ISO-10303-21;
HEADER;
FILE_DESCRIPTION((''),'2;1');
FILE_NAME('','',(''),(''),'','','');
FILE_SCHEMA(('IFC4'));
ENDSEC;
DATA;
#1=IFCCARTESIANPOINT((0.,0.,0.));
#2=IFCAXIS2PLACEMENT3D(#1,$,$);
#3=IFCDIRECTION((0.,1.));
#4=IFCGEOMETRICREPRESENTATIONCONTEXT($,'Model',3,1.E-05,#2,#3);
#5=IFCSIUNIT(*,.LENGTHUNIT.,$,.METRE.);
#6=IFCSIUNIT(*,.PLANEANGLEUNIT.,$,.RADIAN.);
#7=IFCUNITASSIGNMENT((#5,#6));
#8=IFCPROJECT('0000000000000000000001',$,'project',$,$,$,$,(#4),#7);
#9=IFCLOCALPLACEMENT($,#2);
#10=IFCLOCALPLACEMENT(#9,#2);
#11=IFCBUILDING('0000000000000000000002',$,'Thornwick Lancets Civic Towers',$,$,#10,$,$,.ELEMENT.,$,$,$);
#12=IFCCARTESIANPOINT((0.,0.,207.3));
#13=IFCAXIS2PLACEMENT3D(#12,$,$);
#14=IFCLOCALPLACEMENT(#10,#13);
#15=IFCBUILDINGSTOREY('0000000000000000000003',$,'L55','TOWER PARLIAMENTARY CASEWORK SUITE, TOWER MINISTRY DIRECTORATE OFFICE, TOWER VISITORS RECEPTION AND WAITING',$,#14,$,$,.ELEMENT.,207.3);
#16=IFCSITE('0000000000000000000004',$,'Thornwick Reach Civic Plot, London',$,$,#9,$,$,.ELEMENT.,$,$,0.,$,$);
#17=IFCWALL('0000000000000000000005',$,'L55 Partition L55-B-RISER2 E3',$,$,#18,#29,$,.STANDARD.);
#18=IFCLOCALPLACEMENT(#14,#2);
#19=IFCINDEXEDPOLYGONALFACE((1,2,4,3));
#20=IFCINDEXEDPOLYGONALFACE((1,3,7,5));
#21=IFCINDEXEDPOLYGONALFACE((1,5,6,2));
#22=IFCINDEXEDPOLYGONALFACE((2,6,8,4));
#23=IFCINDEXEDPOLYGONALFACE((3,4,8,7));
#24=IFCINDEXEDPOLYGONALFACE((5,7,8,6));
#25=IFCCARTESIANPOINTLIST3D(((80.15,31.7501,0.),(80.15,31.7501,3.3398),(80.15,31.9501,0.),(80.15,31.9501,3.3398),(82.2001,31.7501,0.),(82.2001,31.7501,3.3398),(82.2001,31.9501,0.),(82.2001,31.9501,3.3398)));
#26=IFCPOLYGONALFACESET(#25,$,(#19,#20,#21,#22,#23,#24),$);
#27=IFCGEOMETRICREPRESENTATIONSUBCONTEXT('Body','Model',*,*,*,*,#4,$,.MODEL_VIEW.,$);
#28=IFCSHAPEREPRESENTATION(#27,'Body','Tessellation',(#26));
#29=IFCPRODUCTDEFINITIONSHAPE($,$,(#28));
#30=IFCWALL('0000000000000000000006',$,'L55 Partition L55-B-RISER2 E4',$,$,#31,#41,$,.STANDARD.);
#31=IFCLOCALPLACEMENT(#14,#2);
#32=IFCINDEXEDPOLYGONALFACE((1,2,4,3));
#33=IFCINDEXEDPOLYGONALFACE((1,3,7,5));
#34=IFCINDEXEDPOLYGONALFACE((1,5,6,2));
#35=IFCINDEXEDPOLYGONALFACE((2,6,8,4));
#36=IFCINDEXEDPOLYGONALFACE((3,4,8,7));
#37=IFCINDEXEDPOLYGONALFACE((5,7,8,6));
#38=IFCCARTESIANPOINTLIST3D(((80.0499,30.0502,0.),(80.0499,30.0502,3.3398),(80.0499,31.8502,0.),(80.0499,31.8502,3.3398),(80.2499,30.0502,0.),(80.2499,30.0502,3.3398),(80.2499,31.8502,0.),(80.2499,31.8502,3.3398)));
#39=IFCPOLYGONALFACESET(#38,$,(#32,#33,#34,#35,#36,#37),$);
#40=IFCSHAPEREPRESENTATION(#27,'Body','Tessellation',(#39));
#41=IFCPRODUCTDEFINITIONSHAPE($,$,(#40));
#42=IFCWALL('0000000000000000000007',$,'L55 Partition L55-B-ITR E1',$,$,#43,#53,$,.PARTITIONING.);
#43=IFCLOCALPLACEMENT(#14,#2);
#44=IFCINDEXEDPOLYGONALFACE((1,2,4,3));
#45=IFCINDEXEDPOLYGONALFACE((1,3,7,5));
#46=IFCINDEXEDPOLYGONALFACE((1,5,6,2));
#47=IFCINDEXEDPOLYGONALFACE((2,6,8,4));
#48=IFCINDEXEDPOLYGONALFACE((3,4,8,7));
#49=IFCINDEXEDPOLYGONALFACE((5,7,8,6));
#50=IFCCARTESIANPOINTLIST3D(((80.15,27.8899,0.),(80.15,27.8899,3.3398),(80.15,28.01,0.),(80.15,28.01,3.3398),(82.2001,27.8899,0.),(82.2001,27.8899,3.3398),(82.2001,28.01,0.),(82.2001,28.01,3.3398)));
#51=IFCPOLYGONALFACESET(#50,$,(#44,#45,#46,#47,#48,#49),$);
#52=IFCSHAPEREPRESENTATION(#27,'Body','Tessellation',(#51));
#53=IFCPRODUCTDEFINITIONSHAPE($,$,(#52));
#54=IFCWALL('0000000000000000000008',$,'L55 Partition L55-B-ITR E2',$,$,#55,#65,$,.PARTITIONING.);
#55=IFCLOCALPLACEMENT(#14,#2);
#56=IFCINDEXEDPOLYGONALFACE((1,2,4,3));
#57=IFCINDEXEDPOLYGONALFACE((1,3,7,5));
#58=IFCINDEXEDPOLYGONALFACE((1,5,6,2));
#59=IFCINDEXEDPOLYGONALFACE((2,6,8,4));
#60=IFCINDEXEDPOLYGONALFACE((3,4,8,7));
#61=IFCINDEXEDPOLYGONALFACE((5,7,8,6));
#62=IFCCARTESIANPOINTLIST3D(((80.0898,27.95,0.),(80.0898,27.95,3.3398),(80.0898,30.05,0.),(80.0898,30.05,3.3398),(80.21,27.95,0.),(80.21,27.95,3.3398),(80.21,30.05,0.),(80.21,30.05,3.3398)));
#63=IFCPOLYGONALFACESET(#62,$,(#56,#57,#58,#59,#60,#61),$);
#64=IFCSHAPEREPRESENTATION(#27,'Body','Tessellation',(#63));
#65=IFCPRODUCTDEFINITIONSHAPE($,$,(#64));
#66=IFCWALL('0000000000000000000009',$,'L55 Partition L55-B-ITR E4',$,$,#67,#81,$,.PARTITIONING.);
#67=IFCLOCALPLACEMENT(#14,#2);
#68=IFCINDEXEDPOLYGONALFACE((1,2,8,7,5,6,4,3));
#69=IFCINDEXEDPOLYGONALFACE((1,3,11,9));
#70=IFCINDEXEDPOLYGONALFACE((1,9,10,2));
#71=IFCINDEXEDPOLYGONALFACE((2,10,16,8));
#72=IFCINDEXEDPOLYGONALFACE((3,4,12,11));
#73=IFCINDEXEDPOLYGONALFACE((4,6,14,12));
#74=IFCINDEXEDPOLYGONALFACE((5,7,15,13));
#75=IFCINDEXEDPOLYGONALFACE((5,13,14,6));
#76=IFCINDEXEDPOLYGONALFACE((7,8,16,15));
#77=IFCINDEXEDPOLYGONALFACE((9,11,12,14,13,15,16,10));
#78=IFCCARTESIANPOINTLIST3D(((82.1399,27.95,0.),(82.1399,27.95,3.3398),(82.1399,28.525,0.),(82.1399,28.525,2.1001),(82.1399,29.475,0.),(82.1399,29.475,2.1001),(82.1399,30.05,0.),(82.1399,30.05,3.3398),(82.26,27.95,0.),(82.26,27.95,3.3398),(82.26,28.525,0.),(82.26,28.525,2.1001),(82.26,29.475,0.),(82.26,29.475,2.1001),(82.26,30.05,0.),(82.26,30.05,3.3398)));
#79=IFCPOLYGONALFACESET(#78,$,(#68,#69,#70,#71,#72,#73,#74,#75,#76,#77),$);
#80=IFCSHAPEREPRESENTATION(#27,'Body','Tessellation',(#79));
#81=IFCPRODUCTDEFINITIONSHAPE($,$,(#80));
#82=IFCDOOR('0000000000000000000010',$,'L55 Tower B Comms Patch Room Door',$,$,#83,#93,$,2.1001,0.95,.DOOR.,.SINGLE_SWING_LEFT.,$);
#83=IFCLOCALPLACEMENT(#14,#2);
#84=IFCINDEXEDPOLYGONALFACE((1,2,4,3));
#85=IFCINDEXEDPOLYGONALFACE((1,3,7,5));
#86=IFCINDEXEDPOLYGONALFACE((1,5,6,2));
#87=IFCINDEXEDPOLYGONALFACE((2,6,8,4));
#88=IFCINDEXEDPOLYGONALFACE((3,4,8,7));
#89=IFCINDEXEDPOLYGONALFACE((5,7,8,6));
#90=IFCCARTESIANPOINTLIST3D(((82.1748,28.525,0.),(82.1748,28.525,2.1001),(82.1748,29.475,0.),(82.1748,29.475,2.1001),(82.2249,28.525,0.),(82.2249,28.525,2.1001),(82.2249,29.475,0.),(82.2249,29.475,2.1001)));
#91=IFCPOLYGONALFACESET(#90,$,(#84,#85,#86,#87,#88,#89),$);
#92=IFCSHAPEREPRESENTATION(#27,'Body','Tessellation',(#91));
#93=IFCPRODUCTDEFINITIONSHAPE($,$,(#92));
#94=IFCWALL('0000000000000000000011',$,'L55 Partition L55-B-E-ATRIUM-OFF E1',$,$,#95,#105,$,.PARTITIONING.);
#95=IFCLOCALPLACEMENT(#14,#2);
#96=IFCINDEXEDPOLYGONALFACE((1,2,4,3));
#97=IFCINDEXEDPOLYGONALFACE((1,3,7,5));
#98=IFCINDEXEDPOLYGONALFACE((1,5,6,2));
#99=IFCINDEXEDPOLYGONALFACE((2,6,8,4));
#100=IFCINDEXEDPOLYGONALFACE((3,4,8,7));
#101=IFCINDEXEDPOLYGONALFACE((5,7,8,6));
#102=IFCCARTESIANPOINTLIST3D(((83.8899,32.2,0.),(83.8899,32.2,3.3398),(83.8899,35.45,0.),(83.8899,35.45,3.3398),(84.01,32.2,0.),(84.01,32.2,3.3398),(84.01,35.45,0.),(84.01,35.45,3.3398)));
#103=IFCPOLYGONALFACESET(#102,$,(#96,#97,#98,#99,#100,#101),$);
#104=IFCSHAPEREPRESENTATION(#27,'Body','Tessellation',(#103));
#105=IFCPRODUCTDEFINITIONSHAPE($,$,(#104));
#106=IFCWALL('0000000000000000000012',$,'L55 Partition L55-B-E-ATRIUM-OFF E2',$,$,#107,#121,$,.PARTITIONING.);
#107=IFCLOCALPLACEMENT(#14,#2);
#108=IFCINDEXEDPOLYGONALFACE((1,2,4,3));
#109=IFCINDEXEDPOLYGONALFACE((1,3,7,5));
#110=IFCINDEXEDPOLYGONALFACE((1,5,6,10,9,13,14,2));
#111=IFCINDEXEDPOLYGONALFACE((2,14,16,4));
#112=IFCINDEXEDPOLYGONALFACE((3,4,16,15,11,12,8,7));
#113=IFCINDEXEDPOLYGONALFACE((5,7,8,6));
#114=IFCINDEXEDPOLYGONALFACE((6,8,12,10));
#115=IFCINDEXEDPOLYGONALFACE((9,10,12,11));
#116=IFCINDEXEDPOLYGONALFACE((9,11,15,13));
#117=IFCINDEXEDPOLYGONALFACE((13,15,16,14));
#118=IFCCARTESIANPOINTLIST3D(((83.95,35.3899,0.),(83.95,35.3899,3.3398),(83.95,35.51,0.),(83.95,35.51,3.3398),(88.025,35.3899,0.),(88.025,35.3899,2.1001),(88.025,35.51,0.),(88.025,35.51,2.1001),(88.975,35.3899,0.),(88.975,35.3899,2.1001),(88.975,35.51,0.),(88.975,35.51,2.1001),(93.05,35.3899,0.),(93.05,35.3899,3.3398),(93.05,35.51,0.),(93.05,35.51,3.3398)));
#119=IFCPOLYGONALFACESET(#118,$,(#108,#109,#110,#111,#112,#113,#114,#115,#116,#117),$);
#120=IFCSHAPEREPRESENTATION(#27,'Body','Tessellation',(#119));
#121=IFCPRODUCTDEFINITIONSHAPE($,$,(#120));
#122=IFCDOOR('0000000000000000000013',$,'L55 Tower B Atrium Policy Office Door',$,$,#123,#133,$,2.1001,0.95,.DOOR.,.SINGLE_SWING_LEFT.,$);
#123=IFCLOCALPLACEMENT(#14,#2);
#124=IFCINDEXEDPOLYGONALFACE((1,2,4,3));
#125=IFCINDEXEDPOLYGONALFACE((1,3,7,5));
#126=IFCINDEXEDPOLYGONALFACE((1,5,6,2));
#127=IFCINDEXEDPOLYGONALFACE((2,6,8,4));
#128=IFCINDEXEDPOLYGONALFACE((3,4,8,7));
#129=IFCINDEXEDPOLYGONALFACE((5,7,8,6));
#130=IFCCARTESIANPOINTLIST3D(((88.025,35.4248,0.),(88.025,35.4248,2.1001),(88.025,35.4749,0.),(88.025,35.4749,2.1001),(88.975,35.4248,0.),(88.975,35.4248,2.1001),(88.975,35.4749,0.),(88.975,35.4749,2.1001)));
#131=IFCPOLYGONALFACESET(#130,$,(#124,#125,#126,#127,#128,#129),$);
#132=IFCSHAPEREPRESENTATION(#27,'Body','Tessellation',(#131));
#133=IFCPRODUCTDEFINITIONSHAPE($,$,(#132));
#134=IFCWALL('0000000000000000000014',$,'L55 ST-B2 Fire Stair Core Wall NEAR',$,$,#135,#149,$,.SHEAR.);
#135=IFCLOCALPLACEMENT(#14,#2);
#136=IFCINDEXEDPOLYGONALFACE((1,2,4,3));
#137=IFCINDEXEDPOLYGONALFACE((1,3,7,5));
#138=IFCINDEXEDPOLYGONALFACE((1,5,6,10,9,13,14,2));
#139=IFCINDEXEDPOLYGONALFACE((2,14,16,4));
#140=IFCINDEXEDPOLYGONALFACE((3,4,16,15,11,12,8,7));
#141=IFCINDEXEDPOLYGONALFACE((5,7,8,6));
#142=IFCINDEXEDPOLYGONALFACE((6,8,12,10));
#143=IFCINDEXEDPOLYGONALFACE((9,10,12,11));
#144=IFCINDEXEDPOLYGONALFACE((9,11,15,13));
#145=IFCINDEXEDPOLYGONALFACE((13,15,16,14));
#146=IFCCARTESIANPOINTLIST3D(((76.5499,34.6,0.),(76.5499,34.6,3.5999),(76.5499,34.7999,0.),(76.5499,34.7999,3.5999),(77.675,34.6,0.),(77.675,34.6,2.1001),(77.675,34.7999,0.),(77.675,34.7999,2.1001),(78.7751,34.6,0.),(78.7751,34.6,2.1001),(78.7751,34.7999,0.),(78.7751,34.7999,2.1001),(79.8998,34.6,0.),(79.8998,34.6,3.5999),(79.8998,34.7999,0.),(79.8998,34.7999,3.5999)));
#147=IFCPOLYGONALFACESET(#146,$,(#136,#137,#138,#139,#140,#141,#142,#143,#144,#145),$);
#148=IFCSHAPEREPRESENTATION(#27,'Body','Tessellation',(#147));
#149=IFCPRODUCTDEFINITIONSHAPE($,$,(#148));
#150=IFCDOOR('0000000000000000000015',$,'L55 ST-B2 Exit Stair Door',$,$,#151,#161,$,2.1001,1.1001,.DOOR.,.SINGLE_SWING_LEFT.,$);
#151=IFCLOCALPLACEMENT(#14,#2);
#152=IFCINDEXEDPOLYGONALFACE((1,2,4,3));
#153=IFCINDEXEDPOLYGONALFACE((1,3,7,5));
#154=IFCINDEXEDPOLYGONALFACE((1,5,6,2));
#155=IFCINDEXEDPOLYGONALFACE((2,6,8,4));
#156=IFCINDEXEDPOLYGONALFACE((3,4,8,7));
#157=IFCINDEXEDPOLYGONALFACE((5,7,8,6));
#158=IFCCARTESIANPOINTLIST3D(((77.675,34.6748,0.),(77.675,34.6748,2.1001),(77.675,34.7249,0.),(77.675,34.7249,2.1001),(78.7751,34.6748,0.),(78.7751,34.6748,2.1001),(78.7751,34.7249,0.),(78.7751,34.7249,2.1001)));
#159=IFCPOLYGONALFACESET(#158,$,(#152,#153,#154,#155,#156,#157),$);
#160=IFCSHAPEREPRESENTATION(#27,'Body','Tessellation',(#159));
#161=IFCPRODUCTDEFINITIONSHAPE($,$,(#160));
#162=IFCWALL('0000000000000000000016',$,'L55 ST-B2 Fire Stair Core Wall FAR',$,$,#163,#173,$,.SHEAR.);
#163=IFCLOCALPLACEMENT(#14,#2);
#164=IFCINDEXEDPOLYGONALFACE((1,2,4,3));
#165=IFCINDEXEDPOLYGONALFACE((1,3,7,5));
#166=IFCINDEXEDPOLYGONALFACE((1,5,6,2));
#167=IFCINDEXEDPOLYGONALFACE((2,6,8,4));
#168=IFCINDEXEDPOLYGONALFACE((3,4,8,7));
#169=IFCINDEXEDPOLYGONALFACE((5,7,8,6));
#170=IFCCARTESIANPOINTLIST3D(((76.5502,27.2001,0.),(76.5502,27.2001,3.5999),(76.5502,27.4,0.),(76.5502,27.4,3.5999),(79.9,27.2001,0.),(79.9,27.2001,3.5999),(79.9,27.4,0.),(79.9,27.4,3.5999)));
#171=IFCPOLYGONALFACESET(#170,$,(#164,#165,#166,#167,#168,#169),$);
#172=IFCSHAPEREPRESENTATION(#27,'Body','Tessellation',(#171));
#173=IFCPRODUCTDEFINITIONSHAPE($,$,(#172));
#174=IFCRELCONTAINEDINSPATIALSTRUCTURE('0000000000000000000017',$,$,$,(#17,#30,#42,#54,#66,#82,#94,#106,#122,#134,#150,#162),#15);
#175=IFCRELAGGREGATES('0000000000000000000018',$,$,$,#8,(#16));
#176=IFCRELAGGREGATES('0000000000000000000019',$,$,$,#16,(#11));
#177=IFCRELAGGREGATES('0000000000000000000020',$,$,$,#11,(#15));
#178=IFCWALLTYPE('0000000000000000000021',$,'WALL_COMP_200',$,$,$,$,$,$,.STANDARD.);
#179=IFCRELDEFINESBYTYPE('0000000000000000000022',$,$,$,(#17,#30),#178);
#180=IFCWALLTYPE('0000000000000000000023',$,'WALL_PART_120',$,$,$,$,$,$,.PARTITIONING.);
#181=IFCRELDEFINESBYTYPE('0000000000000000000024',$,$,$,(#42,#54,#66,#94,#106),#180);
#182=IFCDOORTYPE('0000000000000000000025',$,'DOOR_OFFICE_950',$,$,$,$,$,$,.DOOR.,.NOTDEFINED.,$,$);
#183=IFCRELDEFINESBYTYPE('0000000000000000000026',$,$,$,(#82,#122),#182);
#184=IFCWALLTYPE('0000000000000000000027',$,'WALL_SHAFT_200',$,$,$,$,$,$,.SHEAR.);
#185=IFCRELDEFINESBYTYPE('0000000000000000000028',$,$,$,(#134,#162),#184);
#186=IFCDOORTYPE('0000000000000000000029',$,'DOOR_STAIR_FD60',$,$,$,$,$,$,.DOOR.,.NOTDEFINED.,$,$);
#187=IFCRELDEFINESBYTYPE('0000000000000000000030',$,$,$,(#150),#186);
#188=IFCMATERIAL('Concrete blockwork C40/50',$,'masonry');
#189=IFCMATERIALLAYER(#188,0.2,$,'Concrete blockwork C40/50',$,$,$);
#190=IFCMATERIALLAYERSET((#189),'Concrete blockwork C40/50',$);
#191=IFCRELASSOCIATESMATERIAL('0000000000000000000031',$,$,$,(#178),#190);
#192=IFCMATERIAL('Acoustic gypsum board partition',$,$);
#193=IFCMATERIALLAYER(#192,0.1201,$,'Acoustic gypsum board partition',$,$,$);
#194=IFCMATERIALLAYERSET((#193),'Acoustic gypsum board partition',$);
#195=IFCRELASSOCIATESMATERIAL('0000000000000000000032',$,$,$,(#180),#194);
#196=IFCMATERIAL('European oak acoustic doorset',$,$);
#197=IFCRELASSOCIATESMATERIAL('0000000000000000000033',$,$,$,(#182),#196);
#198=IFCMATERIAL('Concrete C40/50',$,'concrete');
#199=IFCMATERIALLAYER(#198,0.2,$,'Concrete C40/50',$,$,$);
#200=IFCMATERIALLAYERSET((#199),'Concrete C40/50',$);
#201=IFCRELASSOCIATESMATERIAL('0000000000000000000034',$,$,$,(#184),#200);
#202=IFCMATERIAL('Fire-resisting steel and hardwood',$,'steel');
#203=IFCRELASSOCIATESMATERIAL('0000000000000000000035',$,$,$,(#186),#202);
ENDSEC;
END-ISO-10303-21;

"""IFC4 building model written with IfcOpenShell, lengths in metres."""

from ifc_helpers import new_model, si_unit, direction, frame, frame_2d, origin, place, context, subcontext, project, spatial, rectangle, extrude, material, layer, layer_set, type_object, element, fill, save


model = new_model("IFC4")

# Units and contexts
model_context = context("Model", 3, precision=1e-05, world=origin(), true_north=direction((0.0, 1.0)))
body_context = subcontext(model_context, "Body", "Model", "MODEL_VIEW")
ifc_project = project(units=[si_unit("LENGTHUNIT", "METRE"), si_unit("PLANEANGLEUNIT", "RADIAN")], contexts=[model_context])

# Site, building, storey
site_placement = place(None, origin())
site = spatial("IfcSite", under=ifc_project, at=site_placement, Name="Thornwick Reach Civic Plot, London", CompositionType="ELEMENT", RefElevation=0.0)
building_placement = place(site_placement, origin())
building = spatial("IfcBuilding", under=site, at=building_placement, Name="Thornwick Lancets Civic Towers", CompositionType="ELEMENT")
storey_placement = place(building_placement, frame((0.0, 0.0, 207.3)))
storey = spatial("IfcBuildingStorey", under=building, at=storey_placement, Name="L55", Description="TOWER PARLIAMENTARY CASEWORK SUITE, TOWER MINISTRY DIRECTORATE OFFICE, TOWER VISITORS RECEPTION AND WAITING", CompositionType="ELEMENT", Elevation=207.3)

# Shared definitions
ifc_material_1 = material(Name="Concrete blockwork C40/50", Category="masonry")
ifc_layer_1 = layer(ifc_material_1, 0.2, Name="Concrete blockwork C40/50")
ifc_layer_set_1 = layer_set([ifc_layer_1], Name="Concrete blockwork C40/50")
wall_type_1 = type_object("IfcWallType", Name="WALL_COMP_200", PredefinedType="STANDARD", material=ifc_layer_set_1)

# Walls
wall_1_placement = place(storey_placement, frame((82.2, 31.8501, 0.0), z_axis=(0.0, 0.0, 1.0), x_axis=(-1.0, 0.0, 0.0)))
element("IfcWall", 1, at=wall_1_placement, inside=storey, type_object=wall_type_1, Name="L55 Partition L55-B-RISER2 E3", PredefinedType="STANDARD", context=body_context, shape_type="SweptSolid", body=[
    extrude(rectangle(XDim=2.05, YDim=0.2, at=frame_2d((1.0249, 0.0))), origin(), (0.0, 0.0, 1.0), 3.3398),
])
wall_2_placement = place(storey_placement, frame((80.1499, 31.8501, 0.0), z_axis=(0.0, 0.0, 1.0), x_axis=(0.0, -1.0, 0.0)))
element("IfcWall", 2, at=wall_2_placement, inside=storey, type_object=wall_type_1, Name="L55 Partition L55-B-RISER2 E4", PredefinedType="STANDARD", context=body_context, shape_type="SweptSolid", body=[
    extrude(rectangle(XDim=1.8, YDim=0.2, at=frame_2d((0.8999, 0.0))), origin(), (0.0, 0.0, 1.0), 3.3398),
])
ifc_material_2 = material(Name="Acoustic gypsum board partition")
ifc_layer_2 = layer(ifc_material_2, 0.1201, Name="Acoustic gypsum board partition")
ifc_layer_set_2 = layer_set([ifc_layer_2], Name="Acoustic gypsum board partition")
wall_type_2 = type_object("IfcWallType", Name="WALL_PART_120", PredefinedType="PARTITIONING", material=ifc_layer_set_2)
wall_3_placement = place(storey_placement, frame((82.2, 27.95, 0.0), z_axis=(0.0, 0.0, 1.0), x_axis=(-1.0, 0.0, 0.0)))
element("IfcWall", 3, at=wall_3_placement, inside=storey, type_object=wall_type_2, Name="L55 Partition L55-B-ITR E1", PredefinedType="PARTITIONING", context=body_context, shape_type="SweptSolid", body=[
    extrude(rectangle(XDim=2.05, YDim=0.1201, at=frame_2d((1.0249, 0.0))), origin(), (0.0, 0.0, 1.0), 3.3398),
])
wall_4_placement = place(storey_placement, frame((80.1499, 27.95, 0.0), z_axis=(0.0, 0.0, 1.0), x_axis=(0.0, 1.0, 0.0)))
element("IfcWall", 4, at=wall_4_placement, inside=storey, type_object=wall_type_2, Name="L55 Partition L55-B-ITR E2", PredefinedType="PARTITIONING", context=body_context, shape_type="SweptSolid", body=[
    extrude(rectangle(XDim=2.1001, YDim=0.1201, at=frame_2d((1.05, 0.0))), origin(), (0.0, 0.0, 1.0), 3.3398),
])

# Wall, opening, door
wall_5_placement = place(storey_placement, frame((82.2, 30.05, 0.0), z_axis=(0.0, 0.0, 1.0), x_axis=(0.0, -1.0, 0.0)))
wall_5 = element("IfcWall", 5, at=wall_5_placement, inside=storey, type_object=wall_type_2, Name="L55 Partition L55-B-ITR E4", PredefinedType="PARTITIONING", context=body_context, shape_type="SweptSolid", body=[
    extrude(rectangle(XDim=2.1001, YDim=0.1201, at=frame_2d((1.05, 0.0))), origin(), (0.0, 0.0, 1.0), 3.3398),
])
opening_1_placement = place(wall_5_placement, frame((0.575, 0.0, 0.0)))
opening_1 = element("IfcOpeningElement", 6, at=opening_1_placement, cuts=wall_5, PredefinedType="OPENING", context=body_context, shape_type="SweptSolid", body=[
    extrude(rectangle(XDim=0.95, YDim=2.1001, at=frame_2d((0.4751, 1.05))), frame((0.0, 0.0701, 0.0), z_axis=(0.0, -1.0, 0.0), x_axis=(1.0, 0.0, 0.0)), (0.0, 0.0, 1.0), 0.1401),
])
ifc_material_3 = material(Name="European oak acoustic doorset")
door_type_1 = type_object("IfcDoorType", Name="DOOR_OFFICE_950", OperationType="NOTDEFINED", PredefinedType="DOOR", material=ifc_material_3)
door_1_placement = place(opening_1_placement, origin())
door_1 = element("IfcDoor", 7, at=door_1_placement, inside=storey, type_object=door_type_1, Name="L55 Tower B Comms Patch Room Door", OperationType="SINGLE_SWING_LEFT", OverallHeight=2.1001, OverallWidth=0.95, PredefinedType="DOOR", context=body_context, shape_type="SweptSolid", body=[
    extrude(rectangle(XDim=0.95, YDim=2.1001, at=frame_2d((0.4751, 1.05))), frame((0.0, 0.0249, 0.0), z_axis=(0.0, -1.0, 0.0), x_axis=(1.0, 0.0, 0.0)), (0.0, 0.0, 1.0), 0.05),
])
fill(opening_1, door_1)

# Wall
wall_6_placement = place(storey_placement, frame((83.95, 32.2, 0.0), z_axis=(0.0, 0.0, 1.0), x_axis=(0.0, 1.0, 0.0)))
element("IfcWall", 8, at=wall_6_placement, inside=storey, type_object=wall_type_2, Name="L55 Partition L55-B-E-ATRIUM-OFF E1", PredefinedType="PARTITIONING", context=body_context, shape_type="SweptSolid", body=[
    extrude(rectangle(XDim=3.25, YDim=0.1201, at=frame_2d((1.625, 0.0))), origin(), (0.0, 0.0, 1.0), 3.3398),
])

# Walls, openings, doors
wall_7_placement = place(storey_placement, frame((83.95, 35.45, 0.0), z_axis=(0.0, 0.0, 1.0), x_axis=(1.0, 0.0, 0.0)))
wall_7 = element("IfcWall", 9, at=wall_7_placement, inside=storey, type_object=wall_type_2, Name="L55 Partition L55-B-E-ATRIUM-OFF E2", PredefinedType="PARTITIONING", context=body_context, shape_type="SweptSolid", body=[
    extrude(rectangle(XDim=9.1001, YDim=0.1201, at=frame_2d((4.55, 0.0))), origin(), (0.0, 0.0, 1.0), 3.3398),
])
opening_2_placement = place(wall_7_placement, frame((4.075, 0.0, 0.0)))
opening_2 = element("IfcOpeningElement", 10, at=opening_2_placement, cuts=wall_7, PredefinedType="OPENING", context=body_context, shape_type="SweptSolid", body=[
    extrude(rectangle(XDim=0.95, YDim=2.1001, at=frame_2d((0.4751, 1.05))), frame((0.0, 0.0701, 0.0), z_axis=(0.0, -1.0, 0.0), x_axis=(1.0, 0.0, 0.0)), (0.0, 0.0, 1.0), 0.1401),
])
door_2_placement = place(opening_2_placement, origin())
door_2 = element("IfcDoor", 11, at=door_2_placement, inside=storey, type_object=door_type_1, Name="L55 Tower B Atrium Policy Office Door", OperationType="SINGLE_SWING_LEFT", OverallHeight=2.1001, OverallWidth=0.95, PredefinedType="DOOR", context=body_context, shape_type="SweptSolid", body=[
    extrude(rectangle(XDim=0.95, YDim=2.1001, at=frame_2d((0.4751, 1.05))), frame((0.0, 0.0249, 0.0), z_axis=(0.0, -1.0, 0.0), x_axis=(1.0, 0.0, 0.0)), (0.0, 0.0, 1.0), 0.05),
])
fill(opening_2, door_2)
ifc_material_4 = material(Name="Concrete C40/50", Category="concrete")
ifc_layer_3 = layer(ifc_material_4, 0.2, Name="Concrete C40/50")
ifc_layer_set_3 = layer_set([ifc_layer_3], Name="Concrete C40/50")
wall_type_3 = type_object("IfcWallType", Name="WALL_SHAFT_200", PredefinedType="SHEAR", material=ifc_layer_set_3)
wall_8_placement = place(storey_placement, frame((76.55, 34.7, 0.0), z_axis=(0.0, 0.0, 1.0), x_axis=(1.0, 0.0, 0.0)))
wall_8 = element("IfcWall", 12, at=wall_8_placement, inside=storey, type_object=wall_type_3, Name="L55 ST-B2 Fire Stair Core Wall NEAR", PredefinedType="SHEAR", context=body_context, shape_type="SweptSolid", body=[
    extrude(rectangle(XDim=3.3499, YDim=0.2, at=frame_2d((1.6748, 0.0))), origin(), (0.0, 0.0, 1.0), 3.5999),
])
opening_3_placement = place(wall_8_placement, frame((1.125, 0.0, 0.0)))
opening_3 = element("IfcOpeningElement", 13, at=opening_3_placement, cuts=wall_8, PredefinedType="OPENING", context=body_context, shape_type="SweptSolid", body=[
    extrude(rectangle(XDim=1.1001, YDim=2.1001, at=frame_2d((0.55, 1.05))), frame((0.0, 0.1099, 0.0), z_axis=(0.0, -1.0, 0.0), x_axis=(1.0, 0.0, 0.0)), (0.0, 0.0, 1.0), 0.22),
])
ifc_material_5 = material(Name="Fire-resisting steel and hardwood", Category="steel")
door_type_2 = type_object("IfcDoorType", Name="DOOR_STAIR_FD60", OperationType="NOTDEFINED", PredefinedType="DOOR", material=ifc_material_5)
door_3_placement = place(opening_3_placement, origin())
door_3 = element("IfcDoor", 14, at=door_3_placement, inside=storey, type_object=door_type_2, Name="L55 ST-B2 Exit Stair Door", OperationType="SINGLE_SWING_LEFT", OverallHeight=2.1001, OverallWidth=1.1001, PredefinedType="DOOR", context=body_context, shape_type="SweptSolid", body=[
    extrude(rectangle(XDim=1.1001, YDim=2.1001, at=frame_2d((0.55, 1.05))), frame((0.0, 0.0249, 0.0), z_axis=(0.0, -1.0, 0.0), x_axis=(1.0, 0.0, 0.0)), (0.0, 0.0, 1.0), 0.05),
])
fill(opening_3, door_3)

# Wall
wall_9_placement = place(storey_placement, frame((79.8999, 27.3, 0.0), z_axis=(0.0, 0.0, 1.0), x_axis=(-1.0, 0.0, 0.0)))
element("IfcWall", 15, at=wall_9_placement, inside=storey, type_object=wall_type_3, Name="L55 ST-B2 Fire Stair Core Wall FAR", PredefinedType="SHEAR", context=body_context, shape_type="SweptSolid", body=[
    extrude(rectangle(XDim=3.3499, YDim=0.2, at=frame_2d((1.6748, 0.0))), origin(), (0.0, 0.0, 1.0), 3.5999),
])

save(model, "model.ifc")
